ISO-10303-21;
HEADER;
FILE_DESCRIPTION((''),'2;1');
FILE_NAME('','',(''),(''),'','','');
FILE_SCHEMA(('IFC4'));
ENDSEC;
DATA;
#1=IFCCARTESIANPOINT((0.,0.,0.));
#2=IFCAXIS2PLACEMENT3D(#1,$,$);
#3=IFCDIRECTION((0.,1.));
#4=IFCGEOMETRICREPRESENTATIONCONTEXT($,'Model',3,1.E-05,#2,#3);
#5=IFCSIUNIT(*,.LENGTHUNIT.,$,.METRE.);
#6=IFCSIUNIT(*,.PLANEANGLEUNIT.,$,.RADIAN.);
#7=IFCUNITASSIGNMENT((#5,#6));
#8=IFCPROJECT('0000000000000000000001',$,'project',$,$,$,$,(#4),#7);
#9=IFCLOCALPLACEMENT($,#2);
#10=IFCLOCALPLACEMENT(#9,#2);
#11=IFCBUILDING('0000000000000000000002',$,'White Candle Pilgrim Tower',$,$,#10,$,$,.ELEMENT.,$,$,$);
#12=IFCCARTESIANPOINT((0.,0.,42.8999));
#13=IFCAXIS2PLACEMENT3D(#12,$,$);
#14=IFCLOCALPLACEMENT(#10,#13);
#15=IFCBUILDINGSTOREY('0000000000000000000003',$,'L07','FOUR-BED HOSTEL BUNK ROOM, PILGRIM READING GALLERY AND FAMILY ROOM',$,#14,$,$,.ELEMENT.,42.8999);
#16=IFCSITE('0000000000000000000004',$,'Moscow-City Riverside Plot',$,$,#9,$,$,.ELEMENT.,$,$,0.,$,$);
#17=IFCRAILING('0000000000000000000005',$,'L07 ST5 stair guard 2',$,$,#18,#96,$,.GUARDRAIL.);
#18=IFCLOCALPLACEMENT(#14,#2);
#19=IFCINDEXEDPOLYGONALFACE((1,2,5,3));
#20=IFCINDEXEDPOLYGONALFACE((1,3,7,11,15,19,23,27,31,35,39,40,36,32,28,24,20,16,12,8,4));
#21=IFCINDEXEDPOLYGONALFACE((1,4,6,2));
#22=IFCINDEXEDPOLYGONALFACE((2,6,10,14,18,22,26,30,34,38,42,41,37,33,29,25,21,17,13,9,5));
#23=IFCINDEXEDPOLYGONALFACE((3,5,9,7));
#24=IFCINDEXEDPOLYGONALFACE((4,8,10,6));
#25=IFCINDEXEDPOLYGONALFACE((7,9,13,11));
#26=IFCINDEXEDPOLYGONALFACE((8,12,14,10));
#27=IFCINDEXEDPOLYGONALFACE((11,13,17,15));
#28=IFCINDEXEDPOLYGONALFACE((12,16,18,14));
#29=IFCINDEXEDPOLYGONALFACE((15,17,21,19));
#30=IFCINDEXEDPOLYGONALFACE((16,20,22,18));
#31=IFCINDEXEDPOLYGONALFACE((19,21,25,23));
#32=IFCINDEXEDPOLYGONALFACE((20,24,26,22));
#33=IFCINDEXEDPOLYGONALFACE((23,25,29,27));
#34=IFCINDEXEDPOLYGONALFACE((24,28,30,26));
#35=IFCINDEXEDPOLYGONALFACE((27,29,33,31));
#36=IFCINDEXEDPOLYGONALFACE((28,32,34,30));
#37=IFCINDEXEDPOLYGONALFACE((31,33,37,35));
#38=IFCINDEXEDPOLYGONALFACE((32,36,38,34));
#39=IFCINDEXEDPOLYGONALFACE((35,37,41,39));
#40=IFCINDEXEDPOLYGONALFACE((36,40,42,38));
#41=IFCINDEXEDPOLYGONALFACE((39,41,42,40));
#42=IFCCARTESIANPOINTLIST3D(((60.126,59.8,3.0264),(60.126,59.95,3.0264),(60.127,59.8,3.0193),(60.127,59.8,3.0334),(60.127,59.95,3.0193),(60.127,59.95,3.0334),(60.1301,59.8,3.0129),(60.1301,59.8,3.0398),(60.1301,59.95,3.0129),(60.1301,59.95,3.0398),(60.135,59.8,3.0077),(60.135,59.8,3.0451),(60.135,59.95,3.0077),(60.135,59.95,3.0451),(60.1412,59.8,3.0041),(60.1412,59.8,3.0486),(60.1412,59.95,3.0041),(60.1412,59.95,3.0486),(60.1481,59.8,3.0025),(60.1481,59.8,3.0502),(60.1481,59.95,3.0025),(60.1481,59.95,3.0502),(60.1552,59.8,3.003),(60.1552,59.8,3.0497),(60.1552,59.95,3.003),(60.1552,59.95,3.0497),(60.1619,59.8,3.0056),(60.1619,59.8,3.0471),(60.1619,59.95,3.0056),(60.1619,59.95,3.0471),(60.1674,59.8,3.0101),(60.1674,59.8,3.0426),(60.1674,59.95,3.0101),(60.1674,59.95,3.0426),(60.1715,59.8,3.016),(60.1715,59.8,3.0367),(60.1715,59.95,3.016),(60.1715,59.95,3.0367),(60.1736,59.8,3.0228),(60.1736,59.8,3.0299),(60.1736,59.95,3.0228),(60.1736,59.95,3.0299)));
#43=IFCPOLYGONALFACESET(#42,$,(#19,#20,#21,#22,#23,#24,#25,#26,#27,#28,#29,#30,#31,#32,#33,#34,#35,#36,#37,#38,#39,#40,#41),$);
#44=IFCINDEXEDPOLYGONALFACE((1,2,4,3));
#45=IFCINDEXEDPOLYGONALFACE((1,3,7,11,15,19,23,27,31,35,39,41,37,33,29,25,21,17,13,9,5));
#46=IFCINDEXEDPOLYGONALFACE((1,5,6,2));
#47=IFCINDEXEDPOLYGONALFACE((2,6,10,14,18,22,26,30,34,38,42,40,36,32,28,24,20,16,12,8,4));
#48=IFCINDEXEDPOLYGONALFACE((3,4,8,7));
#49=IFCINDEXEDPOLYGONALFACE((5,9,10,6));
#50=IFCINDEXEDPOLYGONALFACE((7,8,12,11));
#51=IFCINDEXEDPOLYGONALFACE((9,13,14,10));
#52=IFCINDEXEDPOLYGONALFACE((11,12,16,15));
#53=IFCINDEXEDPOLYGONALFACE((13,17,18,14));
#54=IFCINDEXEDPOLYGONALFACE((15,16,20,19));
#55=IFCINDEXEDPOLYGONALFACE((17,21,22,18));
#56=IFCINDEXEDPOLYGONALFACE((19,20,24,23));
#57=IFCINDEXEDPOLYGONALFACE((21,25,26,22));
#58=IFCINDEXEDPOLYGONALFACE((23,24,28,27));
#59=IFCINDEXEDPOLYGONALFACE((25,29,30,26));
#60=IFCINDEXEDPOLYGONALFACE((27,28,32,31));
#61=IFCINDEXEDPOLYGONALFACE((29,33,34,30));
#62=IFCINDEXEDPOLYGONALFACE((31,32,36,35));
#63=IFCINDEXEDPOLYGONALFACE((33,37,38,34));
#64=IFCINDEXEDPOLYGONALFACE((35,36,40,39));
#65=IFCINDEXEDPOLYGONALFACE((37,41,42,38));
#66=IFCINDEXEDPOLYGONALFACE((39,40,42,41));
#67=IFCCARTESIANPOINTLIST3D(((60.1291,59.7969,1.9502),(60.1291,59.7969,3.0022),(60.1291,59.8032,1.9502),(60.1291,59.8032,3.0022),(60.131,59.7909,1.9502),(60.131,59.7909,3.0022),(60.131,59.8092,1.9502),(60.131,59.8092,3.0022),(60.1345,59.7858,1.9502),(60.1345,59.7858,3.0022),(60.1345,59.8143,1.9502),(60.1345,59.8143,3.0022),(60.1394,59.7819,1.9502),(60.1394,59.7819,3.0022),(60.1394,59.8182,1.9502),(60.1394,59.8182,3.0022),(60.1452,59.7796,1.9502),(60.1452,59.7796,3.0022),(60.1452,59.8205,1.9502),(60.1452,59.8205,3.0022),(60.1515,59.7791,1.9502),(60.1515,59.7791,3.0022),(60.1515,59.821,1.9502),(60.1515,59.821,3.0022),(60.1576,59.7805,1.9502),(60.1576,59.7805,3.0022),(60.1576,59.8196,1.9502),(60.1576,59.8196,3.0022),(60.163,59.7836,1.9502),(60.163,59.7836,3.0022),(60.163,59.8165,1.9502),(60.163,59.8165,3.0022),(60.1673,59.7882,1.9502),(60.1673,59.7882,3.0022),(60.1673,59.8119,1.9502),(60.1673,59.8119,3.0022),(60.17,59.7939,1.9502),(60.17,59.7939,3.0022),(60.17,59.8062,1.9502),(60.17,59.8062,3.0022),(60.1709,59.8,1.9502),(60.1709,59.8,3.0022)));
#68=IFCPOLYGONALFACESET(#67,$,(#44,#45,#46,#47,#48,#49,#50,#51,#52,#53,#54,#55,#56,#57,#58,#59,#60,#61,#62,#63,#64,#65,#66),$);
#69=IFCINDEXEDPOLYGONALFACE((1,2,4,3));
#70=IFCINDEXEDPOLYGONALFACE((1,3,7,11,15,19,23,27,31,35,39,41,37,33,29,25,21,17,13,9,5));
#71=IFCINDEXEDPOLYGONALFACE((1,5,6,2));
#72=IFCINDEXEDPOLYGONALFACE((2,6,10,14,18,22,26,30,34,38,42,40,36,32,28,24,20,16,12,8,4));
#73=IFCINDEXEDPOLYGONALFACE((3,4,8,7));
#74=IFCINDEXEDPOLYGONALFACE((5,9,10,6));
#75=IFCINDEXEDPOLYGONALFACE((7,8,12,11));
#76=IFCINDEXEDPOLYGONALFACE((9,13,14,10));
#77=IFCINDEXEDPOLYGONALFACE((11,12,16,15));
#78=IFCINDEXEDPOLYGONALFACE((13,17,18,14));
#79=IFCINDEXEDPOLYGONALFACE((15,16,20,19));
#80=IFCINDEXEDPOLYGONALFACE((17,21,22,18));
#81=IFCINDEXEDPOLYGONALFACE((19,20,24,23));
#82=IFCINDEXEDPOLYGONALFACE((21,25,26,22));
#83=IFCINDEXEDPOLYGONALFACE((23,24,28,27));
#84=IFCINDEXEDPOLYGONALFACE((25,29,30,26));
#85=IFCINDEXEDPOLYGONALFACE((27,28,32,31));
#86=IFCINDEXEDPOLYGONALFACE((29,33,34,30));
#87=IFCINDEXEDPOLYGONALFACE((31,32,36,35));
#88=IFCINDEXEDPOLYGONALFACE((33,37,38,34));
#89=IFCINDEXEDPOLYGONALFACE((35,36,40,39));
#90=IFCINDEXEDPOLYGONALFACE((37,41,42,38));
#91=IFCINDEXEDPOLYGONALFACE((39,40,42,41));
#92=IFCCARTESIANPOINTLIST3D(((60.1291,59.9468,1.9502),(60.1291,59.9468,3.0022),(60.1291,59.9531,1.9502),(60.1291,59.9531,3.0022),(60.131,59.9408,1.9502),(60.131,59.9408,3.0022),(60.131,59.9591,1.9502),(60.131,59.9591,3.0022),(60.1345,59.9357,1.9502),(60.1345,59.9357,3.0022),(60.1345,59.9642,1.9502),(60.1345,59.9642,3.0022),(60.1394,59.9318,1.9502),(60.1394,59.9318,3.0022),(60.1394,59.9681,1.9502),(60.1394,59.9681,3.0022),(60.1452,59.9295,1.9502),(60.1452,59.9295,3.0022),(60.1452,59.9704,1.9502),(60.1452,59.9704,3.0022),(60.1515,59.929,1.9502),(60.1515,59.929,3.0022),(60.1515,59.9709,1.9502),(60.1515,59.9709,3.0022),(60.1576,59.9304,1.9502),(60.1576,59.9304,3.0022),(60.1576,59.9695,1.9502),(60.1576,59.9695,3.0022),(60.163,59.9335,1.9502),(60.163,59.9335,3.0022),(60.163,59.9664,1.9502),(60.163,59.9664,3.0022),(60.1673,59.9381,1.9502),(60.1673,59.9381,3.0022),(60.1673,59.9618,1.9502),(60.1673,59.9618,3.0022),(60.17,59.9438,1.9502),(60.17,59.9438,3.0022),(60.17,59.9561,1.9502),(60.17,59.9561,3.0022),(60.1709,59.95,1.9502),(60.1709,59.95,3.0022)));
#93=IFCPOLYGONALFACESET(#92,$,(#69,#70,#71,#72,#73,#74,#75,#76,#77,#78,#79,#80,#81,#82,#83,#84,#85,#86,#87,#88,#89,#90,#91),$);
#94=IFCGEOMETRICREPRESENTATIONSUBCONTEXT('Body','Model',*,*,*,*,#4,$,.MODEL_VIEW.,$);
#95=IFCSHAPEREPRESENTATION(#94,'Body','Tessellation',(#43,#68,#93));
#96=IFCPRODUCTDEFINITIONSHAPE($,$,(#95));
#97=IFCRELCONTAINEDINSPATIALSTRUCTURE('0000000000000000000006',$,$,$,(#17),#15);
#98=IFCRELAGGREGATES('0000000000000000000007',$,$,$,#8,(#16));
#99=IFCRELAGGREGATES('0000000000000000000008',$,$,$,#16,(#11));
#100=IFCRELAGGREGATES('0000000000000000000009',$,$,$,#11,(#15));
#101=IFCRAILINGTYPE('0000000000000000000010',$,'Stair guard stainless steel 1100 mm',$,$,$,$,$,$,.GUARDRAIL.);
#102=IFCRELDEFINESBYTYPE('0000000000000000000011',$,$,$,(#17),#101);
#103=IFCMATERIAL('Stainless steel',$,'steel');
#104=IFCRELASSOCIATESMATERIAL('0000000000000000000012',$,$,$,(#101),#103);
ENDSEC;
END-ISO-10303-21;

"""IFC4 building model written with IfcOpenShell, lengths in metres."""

from ifc_helpers import new_model, si_unit, direction, frame, origin, origin_2d, place, context, subcontext, project, spatial, circle, extrude, material, type_object, element, save


model = new_model("IFC4")

# Units and contexts
model_context = context("Model", 3, precision=1e-05, world=origin(), true_north=direction((0.0, 1.0)))
body_context = subcontext(model_context, "Body", "Model", "MODEL_VIEW")
ifc_project = project(units=[si_unit("LENGTHUNIT", "METRE"), si_unit("PLANEANGLEUNIT", "RADIAN")], contexts=[model_context])

# Site, building, storey
site_placement = place(None, origin())
site = spatial("IfcSite", under=ifc_project, at=site_placement, Name="Moscow-City Riverside Plot", CompositionType="ELEMENT", RefElevation=0.0)
building_placement = place(site_placement, origin())
building = spatial("IfcBuilding", under=site, at=building_placement, Name="White Candle Pilgrim Tower", CompositionType="ELEMENT")
storey_placement = place(building_placement, frame((0.0, 0.0, 42.8999)))
storey = spatial("IfcBuildingStorey", under=building, at=storey_placement, Name="L07", Description="FOUR-BED HOSTEL BUNK ROOM, PILGRIM READING GALLERY AND FAMILY ROOM", CompositionType="ELEMENT", Elevation=42.8999)

# Railing
ifc_material_1 = material(Name="Stainless steel", Category="steel")
railing_type_1 = type_object("IfcRailingType", Name="Stair guard stainless steel 1100 mm", PredefinedType="GUARDRAIL", material=ifc_material_1)
railing_1_placement = place(storey_placement, frame((60.1499, 59.8, 1.9502)))
element("IfcRailing", 1, at=railing_1_placement, inside=storey, type_object=railing_type_1, Name="L07 ST5 stair guard 2", PredefinedType="GUARDRAIL", context=body_context, shape_type="SweptSolid", body=[
    extrude(circle(Radius=0.0239, at=origin_2d()), frame((0.0, 0.0, 1.0762), z_axis=(0.0, 1.0, 0.0), x_axis=(-1.0, 0.0, 0.0)), (0.0, 0.0, 1.0), 0.1499),
    extrude(circle(Radius=0.021, at=origin_2d()), origin(), (0.0, 0.0, 1.0), 1.052),
    extrude(circle(Radius=0.021, at=origin_2d()), frame((0.0, 0.1499, 0.0)), (0.0, 0.0, 1.0), 1.052),
])

save(model, "model.ifc")
